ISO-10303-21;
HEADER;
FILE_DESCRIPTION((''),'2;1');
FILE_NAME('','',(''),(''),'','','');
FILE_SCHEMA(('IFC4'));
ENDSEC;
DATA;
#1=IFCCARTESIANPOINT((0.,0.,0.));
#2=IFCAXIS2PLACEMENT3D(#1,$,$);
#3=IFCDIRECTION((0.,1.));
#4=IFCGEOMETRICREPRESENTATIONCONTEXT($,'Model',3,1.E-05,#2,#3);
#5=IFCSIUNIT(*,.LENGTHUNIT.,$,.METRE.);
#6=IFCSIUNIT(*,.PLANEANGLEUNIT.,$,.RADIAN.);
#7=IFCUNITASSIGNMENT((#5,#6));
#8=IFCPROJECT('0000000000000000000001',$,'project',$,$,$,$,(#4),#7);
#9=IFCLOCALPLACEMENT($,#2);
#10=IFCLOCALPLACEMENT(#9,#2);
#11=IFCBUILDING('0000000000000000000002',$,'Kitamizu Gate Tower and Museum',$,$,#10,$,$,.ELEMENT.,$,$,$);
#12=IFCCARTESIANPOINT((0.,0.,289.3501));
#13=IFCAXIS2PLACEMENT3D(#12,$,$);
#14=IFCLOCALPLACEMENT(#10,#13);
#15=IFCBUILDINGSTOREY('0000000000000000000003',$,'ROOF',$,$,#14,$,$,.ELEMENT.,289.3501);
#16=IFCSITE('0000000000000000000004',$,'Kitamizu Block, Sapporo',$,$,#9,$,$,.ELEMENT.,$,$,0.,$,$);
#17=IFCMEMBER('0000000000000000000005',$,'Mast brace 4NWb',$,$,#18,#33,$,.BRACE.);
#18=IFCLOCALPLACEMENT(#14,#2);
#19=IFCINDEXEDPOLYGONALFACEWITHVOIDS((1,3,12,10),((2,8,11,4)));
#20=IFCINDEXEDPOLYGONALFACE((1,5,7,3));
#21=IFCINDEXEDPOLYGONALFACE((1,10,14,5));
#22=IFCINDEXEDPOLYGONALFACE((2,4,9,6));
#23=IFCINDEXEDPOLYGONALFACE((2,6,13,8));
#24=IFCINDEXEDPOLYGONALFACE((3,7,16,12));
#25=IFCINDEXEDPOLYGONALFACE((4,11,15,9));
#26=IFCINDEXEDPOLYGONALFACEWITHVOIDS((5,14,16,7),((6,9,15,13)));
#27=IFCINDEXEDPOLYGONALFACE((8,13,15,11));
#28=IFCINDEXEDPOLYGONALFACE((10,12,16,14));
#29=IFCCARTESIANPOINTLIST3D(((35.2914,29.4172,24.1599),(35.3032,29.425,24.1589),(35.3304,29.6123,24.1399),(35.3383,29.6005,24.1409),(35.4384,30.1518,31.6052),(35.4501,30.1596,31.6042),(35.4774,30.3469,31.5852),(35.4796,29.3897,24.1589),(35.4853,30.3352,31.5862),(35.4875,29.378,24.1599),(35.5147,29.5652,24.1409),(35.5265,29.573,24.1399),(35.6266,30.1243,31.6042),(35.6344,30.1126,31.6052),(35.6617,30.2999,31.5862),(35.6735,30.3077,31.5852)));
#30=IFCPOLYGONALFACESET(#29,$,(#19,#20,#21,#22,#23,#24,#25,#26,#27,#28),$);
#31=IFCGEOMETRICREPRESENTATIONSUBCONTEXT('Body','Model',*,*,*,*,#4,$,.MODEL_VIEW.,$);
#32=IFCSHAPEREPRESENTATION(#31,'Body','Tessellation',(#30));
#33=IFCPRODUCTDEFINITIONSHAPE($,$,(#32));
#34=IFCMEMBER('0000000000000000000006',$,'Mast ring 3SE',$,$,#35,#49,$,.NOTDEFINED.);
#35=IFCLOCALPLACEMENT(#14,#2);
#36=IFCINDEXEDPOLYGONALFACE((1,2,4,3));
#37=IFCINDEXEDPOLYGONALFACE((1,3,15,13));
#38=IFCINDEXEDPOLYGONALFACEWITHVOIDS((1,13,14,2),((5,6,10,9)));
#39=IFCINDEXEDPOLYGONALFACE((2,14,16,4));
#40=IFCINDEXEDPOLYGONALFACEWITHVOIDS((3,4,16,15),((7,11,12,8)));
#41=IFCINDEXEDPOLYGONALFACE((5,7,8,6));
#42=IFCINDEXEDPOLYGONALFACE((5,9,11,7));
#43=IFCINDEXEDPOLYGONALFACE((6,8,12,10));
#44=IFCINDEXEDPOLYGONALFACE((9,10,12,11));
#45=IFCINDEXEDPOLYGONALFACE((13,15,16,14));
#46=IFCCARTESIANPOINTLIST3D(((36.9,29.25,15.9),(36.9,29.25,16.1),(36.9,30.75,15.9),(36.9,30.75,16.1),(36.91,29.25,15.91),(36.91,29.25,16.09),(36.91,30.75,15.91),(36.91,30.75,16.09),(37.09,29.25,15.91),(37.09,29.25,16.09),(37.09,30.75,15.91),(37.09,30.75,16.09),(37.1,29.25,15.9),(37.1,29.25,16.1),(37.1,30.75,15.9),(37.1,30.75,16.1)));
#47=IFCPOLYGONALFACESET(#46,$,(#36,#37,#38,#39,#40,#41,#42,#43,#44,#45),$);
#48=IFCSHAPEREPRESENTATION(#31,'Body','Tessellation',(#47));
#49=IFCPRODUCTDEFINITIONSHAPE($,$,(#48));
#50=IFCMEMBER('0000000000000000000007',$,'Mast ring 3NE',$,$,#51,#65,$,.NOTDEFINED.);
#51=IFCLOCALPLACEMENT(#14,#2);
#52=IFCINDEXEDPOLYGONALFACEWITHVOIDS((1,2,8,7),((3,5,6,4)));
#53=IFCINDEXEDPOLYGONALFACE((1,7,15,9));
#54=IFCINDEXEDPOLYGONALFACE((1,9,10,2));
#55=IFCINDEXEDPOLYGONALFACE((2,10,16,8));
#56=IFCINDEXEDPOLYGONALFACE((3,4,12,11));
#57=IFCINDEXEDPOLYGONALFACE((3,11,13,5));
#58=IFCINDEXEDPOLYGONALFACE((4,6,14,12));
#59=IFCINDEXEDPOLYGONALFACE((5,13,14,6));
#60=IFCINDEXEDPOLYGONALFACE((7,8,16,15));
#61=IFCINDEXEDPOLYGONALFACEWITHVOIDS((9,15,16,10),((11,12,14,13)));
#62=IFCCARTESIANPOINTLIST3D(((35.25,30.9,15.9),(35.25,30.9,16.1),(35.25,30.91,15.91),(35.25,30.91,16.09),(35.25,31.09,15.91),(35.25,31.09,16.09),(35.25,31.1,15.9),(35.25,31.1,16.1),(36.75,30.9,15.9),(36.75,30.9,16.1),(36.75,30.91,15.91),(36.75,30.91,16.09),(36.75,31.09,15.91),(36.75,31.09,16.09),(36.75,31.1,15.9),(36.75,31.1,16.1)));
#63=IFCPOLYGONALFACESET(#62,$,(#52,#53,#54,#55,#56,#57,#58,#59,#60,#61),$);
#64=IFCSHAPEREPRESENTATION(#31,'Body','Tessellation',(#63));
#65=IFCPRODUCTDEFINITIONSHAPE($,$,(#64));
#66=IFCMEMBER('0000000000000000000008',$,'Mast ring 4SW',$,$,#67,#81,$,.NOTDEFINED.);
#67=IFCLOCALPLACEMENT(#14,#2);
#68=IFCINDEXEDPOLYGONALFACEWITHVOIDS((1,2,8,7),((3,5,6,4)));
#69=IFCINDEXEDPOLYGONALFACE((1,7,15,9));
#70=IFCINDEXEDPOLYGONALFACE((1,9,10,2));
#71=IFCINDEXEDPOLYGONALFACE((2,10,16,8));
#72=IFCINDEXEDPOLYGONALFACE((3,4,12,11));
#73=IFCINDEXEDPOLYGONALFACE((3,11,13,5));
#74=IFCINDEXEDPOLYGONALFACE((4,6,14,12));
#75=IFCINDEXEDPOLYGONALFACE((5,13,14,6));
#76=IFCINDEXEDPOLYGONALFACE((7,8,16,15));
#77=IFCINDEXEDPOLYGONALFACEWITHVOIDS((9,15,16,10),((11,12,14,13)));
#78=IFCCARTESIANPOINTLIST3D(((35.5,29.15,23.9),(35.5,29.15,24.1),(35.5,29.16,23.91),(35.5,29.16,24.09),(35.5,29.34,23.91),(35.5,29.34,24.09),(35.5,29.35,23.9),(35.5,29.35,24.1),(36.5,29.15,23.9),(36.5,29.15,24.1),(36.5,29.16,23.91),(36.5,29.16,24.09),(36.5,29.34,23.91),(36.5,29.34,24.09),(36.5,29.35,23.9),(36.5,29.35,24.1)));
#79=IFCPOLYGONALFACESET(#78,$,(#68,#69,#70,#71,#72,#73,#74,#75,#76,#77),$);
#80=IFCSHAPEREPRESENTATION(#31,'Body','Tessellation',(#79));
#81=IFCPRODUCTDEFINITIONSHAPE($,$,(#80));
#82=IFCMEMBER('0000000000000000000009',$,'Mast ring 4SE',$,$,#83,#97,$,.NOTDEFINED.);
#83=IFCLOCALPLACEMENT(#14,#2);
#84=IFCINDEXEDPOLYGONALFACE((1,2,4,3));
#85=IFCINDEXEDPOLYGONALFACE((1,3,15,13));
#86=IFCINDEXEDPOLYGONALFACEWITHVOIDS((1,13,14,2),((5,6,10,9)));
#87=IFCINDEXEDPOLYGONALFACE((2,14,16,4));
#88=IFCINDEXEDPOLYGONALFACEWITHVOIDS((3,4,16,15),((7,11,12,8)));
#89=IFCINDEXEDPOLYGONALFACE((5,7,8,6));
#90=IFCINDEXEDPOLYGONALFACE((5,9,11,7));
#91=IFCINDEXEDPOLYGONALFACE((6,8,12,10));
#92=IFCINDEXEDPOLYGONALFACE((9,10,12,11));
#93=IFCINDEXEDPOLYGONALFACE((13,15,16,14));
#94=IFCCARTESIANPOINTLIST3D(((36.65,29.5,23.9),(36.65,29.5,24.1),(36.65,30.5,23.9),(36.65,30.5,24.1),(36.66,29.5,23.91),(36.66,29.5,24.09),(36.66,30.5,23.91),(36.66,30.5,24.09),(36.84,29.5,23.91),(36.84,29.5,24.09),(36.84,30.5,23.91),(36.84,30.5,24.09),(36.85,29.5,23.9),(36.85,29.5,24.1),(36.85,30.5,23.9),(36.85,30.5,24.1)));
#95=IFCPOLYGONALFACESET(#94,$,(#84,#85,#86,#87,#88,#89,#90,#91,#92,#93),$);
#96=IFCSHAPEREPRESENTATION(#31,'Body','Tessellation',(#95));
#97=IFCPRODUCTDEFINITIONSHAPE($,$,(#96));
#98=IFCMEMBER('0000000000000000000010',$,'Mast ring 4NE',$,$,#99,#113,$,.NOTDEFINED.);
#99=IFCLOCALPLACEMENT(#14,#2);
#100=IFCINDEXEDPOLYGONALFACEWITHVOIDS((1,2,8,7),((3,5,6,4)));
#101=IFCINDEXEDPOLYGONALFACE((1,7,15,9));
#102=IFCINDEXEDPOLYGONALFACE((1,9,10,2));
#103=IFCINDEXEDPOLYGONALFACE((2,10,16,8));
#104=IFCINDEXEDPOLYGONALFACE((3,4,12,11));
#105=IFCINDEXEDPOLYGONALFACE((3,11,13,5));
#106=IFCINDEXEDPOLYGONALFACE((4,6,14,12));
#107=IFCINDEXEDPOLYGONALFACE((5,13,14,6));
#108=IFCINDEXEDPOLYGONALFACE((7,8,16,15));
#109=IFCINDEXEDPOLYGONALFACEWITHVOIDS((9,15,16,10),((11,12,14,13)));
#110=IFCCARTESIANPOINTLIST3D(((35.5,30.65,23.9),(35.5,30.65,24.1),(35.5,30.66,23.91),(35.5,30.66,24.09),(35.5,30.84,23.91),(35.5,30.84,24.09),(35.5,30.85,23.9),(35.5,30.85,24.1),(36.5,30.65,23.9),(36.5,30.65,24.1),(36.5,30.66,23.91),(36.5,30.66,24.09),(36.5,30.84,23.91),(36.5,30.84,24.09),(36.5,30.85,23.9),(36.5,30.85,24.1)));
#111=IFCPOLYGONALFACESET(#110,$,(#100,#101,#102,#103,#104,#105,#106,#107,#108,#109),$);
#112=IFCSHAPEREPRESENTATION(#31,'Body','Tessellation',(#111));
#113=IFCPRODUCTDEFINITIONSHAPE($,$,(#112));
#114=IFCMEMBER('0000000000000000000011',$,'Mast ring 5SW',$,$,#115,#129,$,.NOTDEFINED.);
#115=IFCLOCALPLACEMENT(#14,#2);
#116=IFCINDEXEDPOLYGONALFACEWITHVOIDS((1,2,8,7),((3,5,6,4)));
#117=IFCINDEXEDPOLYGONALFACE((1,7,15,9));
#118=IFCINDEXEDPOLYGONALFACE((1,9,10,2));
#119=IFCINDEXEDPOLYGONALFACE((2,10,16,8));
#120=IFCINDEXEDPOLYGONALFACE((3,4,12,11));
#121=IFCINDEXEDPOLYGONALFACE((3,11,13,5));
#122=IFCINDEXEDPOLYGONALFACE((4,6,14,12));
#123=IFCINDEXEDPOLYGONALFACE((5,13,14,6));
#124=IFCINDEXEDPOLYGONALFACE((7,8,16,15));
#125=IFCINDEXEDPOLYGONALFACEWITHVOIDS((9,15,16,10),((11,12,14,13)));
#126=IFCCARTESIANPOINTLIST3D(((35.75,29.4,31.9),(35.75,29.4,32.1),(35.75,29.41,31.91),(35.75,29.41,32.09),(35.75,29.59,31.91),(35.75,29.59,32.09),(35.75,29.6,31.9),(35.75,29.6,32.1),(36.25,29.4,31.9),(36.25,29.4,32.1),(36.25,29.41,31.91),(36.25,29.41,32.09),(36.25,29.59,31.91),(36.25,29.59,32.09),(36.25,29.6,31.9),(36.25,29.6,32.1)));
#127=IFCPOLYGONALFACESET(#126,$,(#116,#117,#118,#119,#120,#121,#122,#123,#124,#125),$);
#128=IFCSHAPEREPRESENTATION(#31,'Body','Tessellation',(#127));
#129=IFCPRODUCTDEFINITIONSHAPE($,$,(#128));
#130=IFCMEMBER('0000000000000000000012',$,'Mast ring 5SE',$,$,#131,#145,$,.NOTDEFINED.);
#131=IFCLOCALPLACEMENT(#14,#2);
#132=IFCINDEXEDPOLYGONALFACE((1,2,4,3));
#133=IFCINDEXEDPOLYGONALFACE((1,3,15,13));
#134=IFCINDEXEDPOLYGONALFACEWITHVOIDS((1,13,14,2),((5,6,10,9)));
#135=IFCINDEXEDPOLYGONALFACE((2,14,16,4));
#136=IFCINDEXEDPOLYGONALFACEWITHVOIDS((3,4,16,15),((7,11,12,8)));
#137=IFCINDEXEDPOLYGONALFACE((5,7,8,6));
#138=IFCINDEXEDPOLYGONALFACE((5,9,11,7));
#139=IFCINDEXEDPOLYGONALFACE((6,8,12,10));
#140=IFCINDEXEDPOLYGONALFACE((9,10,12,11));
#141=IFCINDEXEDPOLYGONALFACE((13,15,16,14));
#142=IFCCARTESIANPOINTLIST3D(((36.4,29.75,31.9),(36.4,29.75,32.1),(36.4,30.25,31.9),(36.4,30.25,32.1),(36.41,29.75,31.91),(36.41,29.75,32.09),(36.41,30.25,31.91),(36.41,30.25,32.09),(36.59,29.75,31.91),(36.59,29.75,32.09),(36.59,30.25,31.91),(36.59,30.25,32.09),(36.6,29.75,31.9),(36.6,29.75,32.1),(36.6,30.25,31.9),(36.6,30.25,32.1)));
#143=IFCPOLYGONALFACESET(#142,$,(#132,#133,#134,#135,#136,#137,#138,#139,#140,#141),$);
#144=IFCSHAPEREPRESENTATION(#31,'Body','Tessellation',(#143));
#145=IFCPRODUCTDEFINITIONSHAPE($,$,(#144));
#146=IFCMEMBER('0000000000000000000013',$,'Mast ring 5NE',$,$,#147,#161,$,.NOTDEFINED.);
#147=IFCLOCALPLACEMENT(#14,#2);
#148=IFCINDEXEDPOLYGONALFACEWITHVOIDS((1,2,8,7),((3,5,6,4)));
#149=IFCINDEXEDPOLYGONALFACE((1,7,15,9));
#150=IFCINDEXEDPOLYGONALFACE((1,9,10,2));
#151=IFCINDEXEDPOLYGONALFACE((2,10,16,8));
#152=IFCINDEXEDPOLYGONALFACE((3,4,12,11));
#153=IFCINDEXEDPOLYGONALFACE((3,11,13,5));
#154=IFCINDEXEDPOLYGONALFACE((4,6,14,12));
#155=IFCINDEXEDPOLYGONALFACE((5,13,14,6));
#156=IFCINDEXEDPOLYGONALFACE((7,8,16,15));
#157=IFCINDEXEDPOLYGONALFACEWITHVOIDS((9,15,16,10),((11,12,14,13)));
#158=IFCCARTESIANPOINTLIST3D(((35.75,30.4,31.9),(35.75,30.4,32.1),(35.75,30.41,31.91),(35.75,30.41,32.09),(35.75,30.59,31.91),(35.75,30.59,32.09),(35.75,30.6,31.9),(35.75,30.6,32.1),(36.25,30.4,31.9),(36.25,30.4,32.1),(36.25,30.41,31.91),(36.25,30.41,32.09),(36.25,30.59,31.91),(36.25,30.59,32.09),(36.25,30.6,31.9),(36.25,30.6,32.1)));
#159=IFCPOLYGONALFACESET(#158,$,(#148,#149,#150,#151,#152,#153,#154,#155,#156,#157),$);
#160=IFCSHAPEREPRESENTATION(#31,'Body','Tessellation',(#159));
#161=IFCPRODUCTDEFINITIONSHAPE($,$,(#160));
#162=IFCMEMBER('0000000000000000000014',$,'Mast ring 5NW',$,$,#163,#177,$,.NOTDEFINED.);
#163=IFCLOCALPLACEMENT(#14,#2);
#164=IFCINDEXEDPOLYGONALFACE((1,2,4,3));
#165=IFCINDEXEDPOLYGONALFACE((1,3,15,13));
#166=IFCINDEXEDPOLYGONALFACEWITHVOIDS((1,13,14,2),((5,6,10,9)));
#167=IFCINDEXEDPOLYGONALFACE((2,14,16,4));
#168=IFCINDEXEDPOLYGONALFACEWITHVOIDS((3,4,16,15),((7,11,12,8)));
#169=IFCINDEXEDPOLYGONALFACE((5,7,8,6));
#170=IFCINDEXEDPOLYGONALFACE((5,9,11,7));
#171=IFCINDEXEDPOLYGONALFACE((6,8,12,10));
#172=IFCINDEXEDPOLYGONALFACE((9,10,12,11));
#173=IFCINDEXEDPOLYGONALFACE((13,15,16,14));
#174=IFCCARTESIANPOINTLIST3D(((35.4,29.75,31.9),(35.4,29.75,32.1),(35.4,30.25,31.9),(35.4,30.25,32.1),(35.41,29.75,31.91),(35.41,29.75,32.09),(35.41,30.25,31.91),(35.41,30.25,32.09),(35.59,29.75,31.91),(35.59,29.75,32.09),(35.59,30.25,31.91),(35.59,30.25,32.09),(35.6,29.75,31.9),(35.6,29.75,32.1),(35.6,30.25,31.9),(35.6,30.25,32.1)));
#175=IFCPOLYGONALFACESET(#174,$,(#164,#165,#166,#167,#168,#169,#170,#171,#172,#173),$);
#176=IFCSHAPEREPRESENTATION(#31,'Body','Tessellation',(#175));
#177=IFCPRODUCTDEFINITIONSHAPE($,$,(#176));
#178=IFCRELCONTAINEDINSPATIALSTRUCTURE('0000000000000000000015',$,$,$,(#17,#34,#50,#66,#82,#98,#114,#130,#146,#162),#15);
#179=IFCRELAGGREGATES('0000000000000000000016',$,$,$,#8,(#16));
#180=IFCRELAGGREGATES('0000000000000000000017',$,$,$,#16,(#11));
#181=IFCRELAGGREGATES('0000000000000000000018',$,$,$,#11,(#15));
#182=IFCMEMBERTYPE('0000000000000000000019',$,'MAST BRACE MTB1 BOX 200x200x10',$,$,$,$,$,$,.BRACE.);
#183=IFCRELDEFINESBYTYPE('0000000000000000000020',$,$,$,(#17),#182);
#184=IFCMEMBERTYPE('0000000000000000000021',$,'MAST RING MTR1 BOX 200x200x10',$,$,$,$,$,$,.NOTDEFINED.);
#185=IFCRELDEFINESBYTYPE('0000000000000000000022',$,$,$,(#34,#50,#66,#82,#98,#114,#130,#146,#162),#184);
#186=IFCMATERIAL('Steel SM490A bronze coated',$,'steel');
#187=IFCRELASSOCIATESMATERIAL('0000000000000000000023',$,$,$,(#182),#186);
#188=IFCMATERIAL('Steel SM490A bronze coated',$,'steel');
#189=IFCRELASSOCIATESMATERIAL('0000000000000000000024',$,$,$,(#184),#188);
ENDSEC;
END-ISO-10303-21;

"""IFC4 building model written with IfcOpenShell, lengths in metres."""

from ifc_helpers import new_model, si_unit, direction, frame, origin, origin_2d, place, context, subcontext, project, spatial, hollow_rectangle, extrude, material, material_profile, profile_set, type_object, element, save


model = new_model("IFC4")

# Units and contexts
model_context = context("Model", 3, precision=1e-05, world=origin(), true_north=direction((0.0, 1.0)))
body_context = subcontext(model_context, "Body", "Model", "MODEL_VIEW")
ifc_project = project(units=[si_unit("LENGTHUNIT", "METRE"), si_unit("PLANEANGLEUNIT", "RADIAN")], contexts=[model_context])

# Site, building, storey
site_placement = place(None, origin())
site = spatial("IfcSite", under=ifc_project, at=site_placement, Name="Kitamizu Block, Sapporo", CompositionType="ELEMENT", RefElevation=0.0)
building_placement = place(site_placement, origin())
building = spatial("IfcBuilding", under=site, at=building_placement, Name="Kitamizu Gate Tower and Museum", CompositionType="ELEMENT")
storey_placement = place(building_placement, frame((0.0, 0.0, 289.3501)))
storey = spatial("IfcBuildingStorey", under=building, at=storey_placement, Name="ROOF", CompositionType="ELEMENT", Elevation=289.3501)

# Members
ifc_material_1 = material(Name="Steel SM490A bronze coated", Category="steel")
ifc_material_profile_1 = material_profile(ifc_material_1, hollow_rectangle(XDim=0.2, YDim=0.2, WallThickness=0.01, at=origin_2d()), Name="BOX 200x200x10")
ifc_profile_set_1 = profile_set([ifc_material_profile_1], Name="Steel SM490A bronze coated")
member_type_1 = type_object("IfcMemberType", Name="MAST BRACE MTB1 BOX 200x200x10", PredefinedType="BRACE", material=ifc_profile_set_1)
for number, where, z_axis, x_axis, name in (
    (1, (35.4089, 29.4951, 24.1499), (0.019641, 0.098173, 0.994976), (-0.980568, 0.196179, 0.0), "Mast brace 4NWb"),
):
    element("IfcMember", number, at=place(storey_placement, frame(where, z_axis=z_axis, x_axis=x_axis)), inside=storey, type_object=member_type_1, Name=name, PredefinedType="BRACE", context=body_context, shape_type="SweptSolid", body=[
        extrude(hollow_rectangle(XDim=0.2, YDim=0.2, WallThickness=0.01, at=origin_2d()), origin(), (0.0, 0.0, 1.0), 7.4829),
    ])
ifc_material_2 = material(Name="Steel SM490A bronze coated", Category="steel")
ifc_material_profile_2 = material_profile(ifc_material_2, hollow_rectangle(XDim=0.2, YDim=0.2, WallThickness=0.01, at=origin_2d()), Name="BOX 200x200x10")
ifc_profile_set_2 = profile_set([ifc_material_profile_2], Name="Steel SM490A bronze coated")
member_type_2 = type_object("IfcMemberType", Name="MAST RING MTR1 BOX 200x200x10", PredefinedType="NOTDEFINED", material=ifc_profile_set_2)
for number, where, z_axis, x_axis, name in (
    (2, (37.0, 29.25, 16.0), (0.0, 1.0, 0.0), (-1.0, 0.0, 0.0), "Mast ring 3SE"),
    (3, (36.75, 31.0, 16.0), (-1.0, 0.0, 0.0), (0.0, -1.0, 0.0), "Mast ring 3NE"),
):
    element("IfcMember", number, at=place(storey_placement, frame(where, z_axis=z_axis, x_axis=x_axis)), inside=storey, type_object=member_type_2, Name=name, PredefinedType="NOTDEFINED", context=body_context, shape_type="SweptSolid", body=[
        extrude(hollow_rectangle(XDim=0.2, YDim=0.2, WallThickness=0.01, at=origin_2d()), origin(), (0.0, 0.0, 1.0), 1.5),
    ])
for number, where, z_axis, x_axis, name in (
    (4, (35.5, 29.25, 24.0), (1.0, 0.0, 0.0), (0.0, 1.0, 0.0), "Mast ring 4SW"),
    (5, (36.75, 29.5, 24.0), (0.0, 1.0, 0.0), (-1.0, 0.0, 0.0), "Mast ring 4SE"),
    (6, (36.5, 30.75, 24.0), (-1.0, 0.0, 0.0), (0.0, -1.0, 0.0), "Mast ring 4NE"),
):
    element("IfcMember", number, at=place(storey_placement, frame(where, z_axis=z_axis, x_axis=x_axis)), inside=storey, type_object=member_type_2, Name=name, PredefinedType="NOTDEFINED", context=body_context, shape_type="SweptSolid", body=[
        extrude(hollow_rectangle(XDim=0.2, YDim=0.2, WallThickness=0.01, at=origin_2d()), origin(), (0.0, 0.0, 1.0), 1.0),
    ])
for number, where, z_axis, x_axis, name in (
    (7, (35.75, 29.5, 32.0), (1.0, 0.0, 0.0), (0.0, 1.0, 0.0), "Mast ring 5SW"),
    (8, (36.5, 29.75, 32.0), (0.0, 1.0, 0.0), (-1.0, 0.0, 0.0), "Mast ring 5SE"),
    (9, (36.25, 30.5, 32.0), (-1.0, 0.0, 0.0), (0.0, -1.0, 0.0), "Mast ring 5NE"),
    (10, (35.5, 30.25, 32.0), (0.0, -1.0, 0.0), (1.0, 0.0, 0.0), "Mast ring 5NW"),
):
    element("IfcMember", number, at=place(storey_placement, frame(where, z_axis=z_axis, x_axis=x_axis)), inside=storey, type_object=member_type_2, Name=name, PredefinedType="NOTDEFINED", context=body_context, shape_type="SweptSolid", body=[
        extrude(hollow_rectangle(XDim=0.2, YDim=0.2, WallThickness=0.01, at=origin_2d()), origin(), (0.0, 0.0, 1.0), 0.5),
    ])

save(model, "model.ifc")
